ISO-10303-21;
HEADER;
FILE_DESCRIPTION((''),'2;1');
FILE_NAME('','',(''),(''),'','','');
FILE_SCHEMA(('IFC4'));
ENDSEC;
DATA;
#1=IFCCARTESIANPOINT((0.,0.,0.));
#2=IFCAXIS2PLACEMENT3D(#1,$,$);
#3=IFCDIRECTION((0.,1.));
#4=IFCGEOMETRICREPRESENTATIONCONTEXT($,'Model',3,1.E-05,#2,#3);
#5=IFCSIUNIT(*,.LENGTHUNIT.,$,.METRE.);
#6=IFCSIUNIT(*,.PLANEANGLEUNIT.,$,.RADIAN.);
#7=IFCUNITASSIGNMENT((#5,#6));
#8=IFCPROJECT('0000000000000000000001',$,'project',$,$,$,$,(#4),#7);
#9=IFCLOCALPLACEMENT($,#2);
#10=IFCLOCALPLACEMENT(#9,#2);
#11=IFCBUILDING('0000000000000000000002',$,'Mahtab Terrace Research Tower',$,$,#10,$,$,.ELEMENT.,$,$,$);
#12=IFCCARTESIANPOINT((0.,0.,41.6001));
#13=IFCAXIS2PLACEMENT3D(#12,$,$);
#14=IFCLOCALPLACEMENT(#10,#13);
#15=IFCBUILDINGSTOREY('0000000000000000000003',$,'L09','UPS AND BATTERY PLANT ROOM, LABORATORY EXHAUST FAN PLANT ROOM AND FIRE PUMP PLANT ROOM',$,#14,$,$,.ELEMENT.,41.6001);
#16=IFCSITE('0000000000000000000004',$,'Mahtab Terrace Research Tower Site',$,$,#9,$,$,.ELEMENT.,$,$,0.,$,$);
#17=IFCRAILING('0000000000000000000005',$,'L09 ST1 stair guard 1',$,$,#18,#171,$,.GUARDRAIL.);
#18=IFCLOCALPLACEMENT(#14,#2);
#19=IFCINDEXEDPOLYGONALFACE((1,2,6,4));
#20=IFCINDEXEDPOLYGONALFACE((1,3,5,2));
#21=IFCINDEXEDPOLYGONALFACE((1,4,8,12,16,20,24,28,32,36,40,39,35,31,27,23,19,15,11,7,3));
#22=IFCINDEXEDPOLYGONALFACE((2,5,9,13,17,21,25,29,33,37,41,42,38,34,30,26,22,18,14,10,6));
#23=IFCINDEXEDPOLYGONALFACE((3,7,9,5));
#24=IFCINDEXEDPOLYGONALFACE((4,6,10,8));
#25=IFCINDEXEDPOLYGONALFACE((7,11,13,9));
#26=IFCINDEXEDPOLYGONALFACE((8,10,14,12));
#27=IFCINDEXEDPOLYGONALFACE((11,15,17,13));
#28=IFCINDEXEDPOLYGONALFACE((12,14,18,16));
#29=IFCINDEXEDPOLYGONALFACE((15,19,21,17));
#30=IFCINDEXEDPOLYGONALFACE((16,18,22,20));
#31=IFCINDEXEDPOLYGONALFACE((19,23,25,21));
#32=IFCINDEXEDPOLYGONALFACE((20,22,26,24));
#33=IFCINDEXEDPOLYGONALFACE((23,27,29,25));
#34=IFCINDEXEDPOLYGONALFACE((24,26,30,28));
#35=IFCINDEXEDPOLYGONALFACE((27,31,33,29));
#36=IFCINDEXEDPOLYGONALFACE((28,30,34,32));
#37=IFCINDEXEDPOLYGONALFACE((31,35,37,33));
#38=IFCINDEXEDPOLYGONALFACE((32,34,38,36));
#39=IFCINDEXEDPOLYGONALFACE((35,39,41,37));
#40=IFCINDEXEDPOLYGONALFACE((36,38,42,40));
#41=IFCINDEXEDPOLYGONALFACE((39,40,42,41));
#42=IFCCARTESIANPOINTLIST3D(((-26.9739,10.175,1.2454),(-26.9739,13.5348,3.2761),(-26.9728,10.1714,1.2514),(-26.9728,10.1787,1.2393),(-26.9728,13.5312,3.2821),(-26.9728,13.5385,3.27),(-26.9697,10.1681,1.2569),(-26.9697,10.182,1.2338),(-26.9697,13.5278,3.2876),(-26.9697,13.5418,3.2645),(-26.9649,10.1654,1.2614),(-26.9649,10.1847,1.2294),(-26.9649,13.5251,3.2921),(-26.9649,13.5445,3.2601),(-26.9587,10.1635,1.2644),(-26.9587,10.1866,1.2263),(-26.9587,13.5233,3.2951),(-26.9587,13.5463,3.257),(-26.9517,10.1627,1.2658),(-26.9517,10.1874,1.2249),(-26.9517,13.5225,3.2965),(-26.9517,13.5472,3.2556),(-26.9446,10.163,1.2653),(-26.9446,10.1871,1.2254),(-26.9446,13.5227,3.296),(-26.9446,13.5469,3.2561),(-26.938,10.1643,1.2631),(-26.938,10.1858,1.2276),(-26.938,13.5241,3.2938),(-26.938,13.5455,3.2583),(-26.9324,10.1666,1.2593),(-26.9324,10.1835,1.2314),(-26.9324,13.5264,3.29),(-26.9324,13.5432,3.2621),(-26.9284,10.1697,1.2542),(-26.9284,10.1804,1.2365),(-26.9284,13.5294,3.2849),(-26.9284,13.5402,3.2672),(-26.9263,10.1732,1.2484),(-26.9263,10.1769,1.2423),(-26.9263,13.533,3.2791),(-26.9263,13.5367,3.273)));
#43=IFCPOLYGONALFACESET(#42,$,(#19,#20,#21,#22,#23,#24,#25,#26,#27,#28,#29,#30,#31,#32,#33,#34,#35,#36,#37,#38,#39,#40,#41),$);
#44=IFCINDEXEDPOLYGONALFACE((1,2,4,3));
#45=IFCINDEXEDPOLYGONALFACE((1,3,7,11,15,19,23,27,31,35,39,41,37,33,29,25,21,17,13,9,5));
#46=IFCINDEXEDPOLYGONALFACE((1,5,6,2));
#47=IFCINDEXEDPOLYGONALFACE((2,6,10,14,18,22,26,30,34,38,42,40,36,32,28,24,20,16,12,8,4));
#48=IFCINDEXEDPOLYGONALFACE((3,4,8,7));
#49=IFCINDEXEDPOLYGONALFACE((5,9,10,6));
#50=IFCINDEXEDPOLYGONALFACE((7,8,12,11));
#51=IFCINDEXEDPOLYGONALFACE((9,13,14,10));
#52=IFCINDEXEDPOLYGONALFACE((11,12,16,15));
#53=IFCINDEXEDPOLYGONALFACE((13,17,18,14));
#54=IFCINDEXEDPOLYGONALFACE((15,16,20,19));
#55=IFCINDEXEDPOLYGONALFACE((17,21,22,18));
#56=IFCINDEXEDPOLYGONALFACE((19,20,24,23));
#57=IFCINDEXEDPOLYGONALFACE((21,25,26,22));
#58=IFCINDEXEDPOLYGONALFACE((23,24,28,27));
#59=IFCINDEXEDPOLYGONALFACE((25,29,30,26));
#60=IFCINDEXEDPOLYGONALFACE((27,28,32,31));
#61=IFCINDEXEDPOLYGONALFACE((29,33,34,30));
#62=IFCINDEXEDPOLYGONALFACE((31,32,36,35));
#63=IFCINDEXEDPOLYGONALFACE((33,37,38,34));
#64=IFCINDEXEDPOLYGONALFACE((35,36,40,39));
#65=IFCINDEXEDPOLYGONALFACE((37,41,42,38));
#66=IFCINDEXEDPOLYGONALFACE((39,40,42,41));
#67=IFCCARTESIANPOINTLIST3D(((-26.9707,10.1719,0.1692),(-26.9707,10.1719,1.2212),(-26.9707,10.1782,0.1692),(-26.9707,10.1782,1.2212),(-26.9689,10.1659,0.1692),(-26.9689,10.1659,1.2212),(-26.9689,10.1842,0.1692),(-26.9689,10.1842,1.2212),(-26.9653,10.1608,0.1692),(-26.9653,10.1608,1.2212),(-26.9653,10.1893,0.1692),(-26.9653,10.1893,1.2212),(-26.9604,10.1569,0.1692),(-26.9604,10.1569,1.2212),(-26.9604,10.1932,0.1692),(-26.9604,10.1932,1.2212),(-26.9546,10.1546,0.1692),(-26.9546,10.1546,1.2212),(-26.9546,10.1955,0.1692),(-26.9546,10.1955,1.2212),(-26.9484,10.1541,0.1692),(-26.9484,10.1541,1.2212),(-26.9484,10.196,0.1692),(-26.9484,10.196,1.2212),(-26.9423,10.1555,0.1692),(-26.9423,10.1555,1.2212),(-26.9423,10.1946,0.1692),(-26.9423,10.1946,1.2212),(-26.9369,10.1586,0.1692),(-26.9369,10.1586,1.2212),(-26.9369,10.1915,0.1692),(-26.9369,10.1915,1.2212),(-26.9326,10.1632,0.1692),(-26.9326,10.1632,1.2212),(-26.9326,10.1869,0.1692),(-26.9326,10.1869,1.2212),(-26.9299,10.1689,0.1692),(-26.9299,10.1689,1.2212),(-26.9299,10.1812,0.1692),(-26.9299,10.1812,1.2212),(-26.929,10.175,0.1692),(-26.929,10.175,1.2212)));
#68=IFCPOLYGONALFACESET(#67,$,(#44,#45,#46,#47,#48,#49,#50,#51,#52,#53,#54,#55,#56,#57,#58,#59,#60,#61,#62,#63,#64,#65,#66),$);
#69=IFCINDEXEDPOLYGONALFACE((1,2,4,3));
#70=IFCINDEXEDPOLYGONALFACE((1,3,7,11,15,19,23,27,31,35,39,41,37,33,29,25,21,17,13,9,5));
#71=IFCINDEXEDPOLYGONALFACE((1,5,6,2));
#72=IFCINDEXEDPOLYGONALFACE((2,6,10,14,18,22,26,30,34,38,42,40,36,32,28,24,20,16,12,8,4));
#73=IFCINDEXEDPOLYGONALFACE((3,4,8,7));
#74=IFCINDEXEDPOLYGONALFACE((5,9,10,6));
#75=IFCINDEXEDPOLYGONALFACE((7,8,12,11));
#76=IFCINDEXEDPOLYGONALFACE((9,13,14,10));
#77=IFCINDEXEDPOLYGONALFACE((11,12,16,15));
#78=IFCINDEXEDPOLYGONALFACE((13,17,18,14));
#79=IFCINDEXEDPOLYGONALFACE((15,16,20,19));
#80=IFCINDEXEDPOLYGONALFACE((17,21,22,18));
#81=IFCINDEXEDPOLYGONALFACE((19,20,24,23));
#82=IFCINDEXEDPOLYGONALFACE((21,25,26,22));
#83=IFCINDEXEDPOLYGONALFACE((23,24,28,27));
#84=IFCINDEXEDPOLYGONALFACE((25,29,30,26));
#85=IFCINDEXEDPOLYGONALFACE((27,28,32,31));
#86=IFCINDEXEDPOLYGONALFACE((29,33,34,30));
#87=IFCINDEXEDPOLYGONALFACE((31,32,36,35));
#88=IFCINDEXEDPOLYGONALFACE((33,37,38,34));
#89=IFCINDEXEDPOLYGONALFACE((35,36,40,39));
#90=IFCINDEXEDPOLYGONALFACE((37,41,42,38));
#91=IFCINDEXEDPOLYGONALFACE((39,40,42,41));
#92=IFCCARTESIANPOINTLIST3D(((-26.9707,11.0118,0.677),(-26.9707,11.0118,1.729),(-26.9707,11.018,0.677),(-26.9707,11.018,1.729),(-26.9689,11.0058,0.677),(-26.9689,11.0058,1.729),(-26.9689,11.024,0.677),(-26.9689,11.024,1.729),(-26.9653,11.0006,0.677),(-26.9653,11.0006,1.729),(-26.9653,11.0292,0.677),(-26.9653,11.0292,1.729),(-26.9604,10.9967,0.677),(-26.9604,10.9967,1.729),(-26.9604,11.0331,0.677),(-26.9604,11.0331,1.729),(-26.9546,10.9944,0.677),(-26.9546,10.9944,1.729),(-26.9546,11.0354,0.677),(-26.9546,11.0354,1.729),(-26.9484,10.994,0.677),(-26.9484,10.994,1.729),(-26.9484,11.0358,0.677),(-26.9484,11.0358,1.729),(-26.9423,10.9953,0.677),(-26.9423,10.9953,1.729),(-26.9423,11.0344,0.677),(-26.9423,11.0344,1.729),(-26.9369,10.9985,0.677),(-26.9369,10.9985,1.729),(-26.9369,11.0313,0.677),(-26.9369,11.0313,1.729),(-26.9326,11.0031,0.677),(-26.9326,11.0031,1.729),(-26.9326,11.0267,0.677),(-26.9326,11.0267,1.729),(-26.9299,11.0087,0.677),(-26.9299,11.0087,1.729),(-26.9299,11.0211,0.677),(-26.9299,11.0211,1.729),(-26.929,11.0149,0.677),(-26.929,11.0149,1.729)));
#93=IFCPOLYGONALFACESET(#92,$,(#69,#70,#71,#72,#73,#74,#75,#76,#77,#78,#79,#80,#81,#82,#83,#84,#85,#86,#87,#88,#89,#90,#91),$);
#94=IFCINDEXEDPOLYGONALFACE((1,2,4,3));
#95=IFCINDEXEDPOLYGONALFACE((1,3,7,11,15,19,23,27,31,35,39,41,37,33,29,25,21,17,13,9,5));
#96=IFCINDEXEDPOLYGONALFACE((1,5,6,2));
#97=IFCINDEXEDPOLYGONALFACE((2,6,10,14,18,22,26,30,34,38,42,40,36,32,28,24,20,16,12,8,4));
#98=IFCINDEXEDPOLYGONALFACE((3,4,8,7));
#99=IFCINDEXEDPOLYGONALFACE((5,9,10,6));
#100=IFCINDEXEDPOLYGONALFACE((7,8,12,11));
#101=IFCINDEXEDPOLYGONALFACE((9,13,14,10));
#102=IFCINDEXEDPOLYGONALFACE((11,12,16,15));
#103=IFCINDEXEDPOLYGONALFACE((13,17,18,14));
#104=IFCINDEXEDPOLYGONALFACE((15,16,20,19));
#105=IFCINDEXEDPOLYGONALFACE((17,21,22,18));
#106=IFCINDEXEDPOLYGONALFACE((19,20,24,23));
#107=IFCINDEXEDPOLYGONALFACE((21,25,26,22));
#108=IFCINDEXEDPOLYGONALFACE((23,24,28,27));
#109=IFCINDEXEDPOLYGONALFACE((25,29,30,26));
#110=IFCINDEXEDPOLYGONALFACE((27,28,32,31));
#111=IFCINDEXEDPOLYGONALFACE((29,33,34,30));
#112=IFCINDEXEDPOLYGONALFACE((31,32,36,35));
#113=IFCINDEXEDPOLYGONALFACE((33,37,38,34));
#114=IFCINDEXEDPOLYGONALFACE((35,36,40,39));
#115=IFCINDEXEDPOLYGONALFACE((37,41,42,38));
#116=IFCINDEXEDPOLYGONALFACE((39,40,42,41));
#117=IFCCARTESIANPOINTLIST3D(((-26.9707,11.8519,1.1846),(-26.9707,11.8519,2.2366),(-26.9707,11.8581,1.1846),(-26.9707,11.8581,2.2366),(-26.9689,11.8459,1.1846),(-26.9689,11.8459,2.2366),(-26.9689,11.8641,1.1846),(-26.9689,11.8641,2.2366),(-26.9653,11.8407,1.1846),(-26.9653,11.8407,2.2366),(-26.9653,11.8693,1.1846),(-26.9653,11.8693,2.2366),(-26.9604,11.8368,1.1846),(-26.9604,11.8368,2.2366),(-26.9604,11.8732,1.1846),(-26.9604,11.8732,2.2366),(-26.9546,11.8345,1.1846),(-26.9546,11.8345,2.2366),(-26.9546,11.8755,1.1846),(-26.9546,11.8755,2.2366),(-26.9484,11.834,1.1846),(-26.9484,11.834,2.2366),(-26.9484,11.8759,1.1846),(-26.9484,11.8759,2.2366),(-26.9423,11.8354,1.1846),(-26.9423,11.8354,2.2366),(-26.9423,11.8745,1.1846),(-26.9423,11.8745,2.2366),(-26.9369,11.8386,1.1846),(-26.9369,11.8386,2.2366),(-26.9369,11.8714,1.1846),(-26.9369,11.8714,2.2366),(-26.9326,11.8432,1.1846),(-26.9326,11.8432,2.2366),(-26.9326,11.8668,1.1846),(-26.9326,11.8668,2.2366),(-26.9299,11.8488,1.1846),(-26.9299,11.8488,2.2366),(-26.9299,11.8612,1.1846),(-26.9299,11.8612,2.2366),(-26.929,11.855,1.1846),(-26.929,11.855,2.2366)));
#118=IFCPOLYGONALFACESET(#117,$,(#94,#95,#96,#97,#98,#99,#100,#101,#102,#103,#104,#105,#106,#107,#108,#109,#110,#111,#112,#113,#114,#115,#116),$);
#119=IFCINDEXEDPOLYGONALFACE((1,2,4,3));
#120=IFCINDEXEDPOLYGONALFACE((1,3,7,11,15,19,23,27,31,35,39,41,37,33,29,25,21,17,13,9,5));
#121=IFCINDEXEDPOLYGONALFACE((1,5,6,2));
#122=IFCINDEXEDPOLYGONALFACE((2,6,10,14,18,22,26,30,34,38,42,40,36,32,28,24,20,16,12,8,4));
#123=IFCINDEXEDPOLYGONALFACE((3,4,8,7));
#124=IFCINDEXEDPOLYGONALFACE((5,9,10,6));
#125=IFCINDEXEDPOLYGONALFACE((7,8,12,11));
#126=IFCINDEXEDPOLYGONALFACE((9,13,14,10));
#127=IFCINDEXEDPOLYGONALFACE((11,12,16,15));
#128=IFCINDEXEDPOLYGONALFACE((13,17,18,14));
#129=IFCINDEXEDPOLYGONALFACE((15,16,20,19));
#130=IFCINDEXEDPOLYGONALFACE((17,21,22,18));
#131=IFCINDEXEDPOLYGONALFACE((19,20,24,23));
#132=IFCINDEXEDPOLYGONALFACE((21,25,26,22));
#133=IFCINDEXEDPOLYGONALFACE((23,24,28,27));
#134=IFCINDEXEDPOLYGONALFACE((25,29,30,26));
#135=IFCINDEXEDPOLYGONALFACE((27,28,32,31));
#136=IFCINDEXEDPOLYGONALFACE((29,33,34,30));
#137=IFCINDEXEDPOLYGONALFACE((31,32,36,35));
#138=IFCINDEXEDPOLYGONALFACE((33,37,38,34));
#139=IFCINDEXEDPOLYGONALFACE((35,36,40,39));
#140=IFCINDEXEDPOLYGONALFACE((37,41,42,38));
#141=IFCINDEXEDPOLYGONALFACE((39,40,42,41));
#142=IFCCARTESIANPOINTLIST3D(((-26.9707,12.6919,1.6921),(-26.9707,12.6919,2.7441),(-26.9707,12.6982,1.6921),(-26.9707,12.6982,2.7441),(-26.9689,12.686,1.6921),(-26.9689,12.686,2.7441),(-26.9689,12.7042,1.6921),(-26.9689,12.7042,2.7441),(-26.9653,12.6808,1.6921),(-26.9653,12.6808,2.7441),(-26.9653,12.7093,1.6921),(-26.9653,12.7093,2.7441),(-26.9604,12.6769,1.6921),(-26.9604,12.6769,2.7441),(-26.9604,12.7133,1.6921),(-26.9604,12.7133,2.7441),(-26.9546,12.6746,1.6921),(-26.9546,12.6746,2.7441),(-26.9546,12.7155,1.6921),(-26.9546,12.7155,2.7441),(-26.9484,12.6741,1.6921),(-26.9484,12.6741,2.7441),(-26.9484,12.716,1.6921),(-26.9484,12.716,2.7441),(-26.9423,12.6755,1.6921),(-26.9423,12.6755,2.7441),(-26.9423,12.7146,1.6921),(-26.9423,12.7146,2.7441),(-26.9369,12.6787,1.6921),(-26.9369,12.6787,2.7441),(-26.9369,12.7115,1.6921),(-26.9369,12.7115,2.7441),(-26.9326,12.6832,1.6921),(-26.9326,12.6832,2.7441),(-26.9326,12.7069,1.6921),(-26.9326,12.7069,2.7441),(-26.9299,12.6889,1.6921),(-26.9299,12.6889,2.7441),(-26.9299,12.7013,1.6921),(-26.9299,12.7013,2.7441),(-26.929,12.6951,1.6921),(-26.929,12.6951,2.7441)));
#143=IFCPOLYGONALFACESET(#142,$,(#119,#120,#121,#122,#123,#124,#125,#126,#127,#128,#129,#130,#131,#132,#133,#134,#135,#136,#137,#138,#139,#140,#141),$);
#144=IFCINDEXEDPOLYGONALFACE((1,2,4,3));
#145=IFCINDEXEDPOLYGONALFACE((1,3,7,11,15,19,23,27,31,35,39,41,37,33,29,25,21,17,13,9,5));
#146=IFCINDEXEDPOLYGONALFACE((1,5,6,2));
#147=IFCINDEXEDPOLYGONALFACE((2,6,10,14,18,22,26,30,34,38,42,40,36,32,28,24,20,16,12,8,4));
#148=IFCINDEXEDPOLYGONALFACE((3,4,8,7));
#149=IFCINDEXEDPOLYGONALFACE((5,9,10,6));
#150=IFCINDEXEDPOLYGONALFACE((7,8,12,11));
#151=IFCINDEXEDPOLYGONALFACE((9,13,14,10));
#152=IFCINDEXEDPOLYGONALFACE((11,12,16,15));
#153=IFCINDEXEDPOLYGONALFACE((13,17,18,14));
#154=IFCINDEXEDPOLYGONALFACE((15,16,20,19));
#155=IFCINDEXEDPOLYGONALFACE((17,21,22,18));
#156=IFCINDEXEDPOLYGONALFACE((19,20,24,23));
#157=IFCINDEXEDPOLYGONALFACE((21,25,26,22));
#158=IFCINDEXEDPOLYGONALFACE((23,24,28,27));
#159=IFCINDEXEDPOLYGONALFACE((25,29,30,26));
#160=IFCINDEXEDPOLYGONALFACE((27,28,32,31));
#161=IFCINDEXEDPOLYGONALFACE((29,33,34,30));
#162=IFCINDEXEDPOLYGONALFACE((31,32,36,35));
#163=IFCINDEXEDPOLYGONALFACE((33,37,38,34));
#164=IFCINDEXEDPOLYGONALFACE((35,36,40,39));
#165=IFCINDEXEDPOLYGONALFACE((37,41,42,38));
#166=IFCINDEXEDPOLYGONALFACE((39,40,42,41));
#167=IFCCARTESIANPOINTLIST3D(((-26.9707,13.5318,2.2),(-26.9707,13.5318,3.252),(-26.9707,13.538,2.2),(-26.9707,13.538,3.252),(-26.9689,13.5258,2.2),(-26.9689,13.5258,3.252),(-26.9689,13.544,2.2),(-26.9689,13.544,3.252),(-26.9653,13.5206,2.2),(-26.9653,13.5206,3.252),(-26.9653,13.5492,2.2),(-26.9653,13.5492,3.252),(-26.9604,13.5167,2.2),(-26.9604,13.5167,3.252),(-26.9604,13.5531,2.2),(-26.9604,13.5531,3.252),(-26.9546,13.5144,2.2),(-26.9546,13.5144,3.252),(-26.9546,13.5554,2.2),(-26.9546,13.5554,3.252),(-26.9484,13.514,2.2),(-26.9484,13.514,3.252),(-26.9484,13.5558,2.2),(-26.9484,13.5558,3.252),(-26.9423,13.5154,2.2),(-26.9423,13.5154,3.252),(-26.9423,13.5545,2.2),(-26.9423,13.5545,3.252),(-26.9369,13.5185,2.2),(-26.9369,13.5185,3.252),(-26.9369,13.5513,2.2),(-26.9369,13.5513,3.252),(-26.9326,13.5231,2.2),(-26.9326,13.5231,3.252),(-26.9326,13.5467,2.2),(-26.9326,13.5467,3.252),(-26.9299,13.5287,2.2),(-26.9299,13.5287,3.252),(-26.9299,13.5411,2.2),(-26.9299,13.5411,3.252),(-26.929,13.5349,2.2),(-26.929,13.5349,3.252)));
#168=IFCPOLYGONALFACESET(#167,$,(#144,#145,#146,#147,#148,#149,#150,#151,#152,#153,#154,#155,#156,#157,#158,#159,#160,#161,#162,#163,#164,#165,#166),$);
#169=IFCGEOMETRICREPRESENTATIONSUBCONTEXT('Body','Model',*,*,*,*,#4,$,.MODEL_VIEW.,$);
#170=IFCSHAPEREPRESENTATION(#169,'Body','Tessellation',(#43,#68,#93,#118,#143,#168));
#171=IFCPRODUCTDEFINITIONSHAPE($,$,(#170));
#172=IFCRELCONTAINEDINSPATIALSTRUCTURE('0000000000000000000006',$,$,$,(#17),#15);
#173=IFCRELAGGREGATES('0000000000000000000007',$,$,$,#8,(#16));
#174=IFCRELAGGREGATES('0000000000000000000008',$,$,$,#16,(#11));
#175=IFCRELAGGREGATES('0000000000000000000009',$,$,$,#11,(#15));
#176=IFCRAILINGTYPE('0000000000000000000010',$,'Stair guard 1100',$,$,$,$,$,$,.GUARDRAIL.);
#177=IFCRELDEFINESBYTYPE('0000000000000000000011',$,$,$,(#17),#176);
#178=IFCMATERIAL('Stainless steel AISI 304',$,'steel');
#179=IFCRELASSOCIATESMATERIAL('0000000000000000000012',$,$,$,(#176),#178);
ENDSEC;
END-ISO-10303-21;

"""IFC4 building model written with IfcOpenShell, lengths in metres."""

from ifc_helpers import new_model, si_unit, direction, frame, origin, origin_2d, place, context, subcontext, project, spatial, circle, extrude, material, type_object, element, save


model = new_model("IFC4")

# Units and contexts
model_context = context("Model", 3, precision=1e-05, world=origin(), true_north=direction((0.0, 1.0)))
body_context = subcontext(model_context, "Body", "Model", "MODEL_VIEW")
ifc_project = project(units=[si_unit("LENGTHUNIT", "METRE"), si_unit("PLANEANGLEUNIT", "RADIAN")], contexts=[model_context])

# Site, building, storey
site_placement = place(None, origin())
site = spatial("IfcSite", under=ifc_project, at=site_placement, Name="Mahtab Terrace Research Tower Site", CompositionType="ELEMENT", RefElevation=0.0)
building_placement = place(site_placement, origin())
building = spatial("IfcBuilding", under=site, at=building_placement, Name="Mahtab Terrace Research Tower", CompositionType="ELEMENT")
storey_placement = place(building_placement, frame((0.0, 0.0, 41.6001)))
storey = spatial("IfcBuildingStorey", under=building, at=storey_placement, Name="L09", Description="UPS AND BATTERY PLANT ROOM, LABORATORY EXHAUST FAN PLANT ROOM AND FIRE PUMP PLANT ROOM", CompositionType="ELEMENT", Elevation=41.6001)

# Railing
ifc_material_1 = material(Name="Stainless steel AISI 304", Category="steel")
railing_type_1 = type_object("IfcRailingType", Name="Stair guard 1100", PredefinedType="GUARDRAIL", material=ifc_material_1)
railing_1_placement = place(storey_placement, frame((-26.95, 10.175, 0.1692)))
element("IfcRailing", 1, at=railing_1_placement, inside=storey, type_object=railing_type_1, Name="L09 ST1 stair guard 1", PredefinedType="GUARDRAIL", context=body_context, shape_type="SweptSolid", body=[
    extrude(circle(Radius=0.0239, at=origin_2d()), frame((0.0, 0.0, 1.0762), z_axis=(0.0, 0.85582, 0.517273), x_axis=(-1.0, 0.0, 0.0)), (0.0, 0.0, 1.0), 3.9258),
    extrude(circle(Radius=0.021, at=origin_2d()), origin(), (0.0, 0.0, 1.0), 1.052),
    extrude(circle(Radius=0.021, at=origin_2d()), frame((0.0, 0.8398, 0.5078)), (0.0, 0.0, 1.0), 1.052),
    extrude(circle(Radius=0.021, at=origin_2d()), frame((0.0, 1.6799, 1.0154)), (0.0, 0.0, 1.0), 1.052),
    extrude(circle(Radius=0.021, at=origin_2d()), frame((0.0, 2.52, 1.5229)), (0.0, 0.0, 1.0), 1.052),
    extrude(circle(Radius=0.021, at=origin_2d()), frame((0.0, 3.3599, 2.0308)), (0.0, 0.0, 1.0), 1.052),
])

save(model, "model.ifc")
